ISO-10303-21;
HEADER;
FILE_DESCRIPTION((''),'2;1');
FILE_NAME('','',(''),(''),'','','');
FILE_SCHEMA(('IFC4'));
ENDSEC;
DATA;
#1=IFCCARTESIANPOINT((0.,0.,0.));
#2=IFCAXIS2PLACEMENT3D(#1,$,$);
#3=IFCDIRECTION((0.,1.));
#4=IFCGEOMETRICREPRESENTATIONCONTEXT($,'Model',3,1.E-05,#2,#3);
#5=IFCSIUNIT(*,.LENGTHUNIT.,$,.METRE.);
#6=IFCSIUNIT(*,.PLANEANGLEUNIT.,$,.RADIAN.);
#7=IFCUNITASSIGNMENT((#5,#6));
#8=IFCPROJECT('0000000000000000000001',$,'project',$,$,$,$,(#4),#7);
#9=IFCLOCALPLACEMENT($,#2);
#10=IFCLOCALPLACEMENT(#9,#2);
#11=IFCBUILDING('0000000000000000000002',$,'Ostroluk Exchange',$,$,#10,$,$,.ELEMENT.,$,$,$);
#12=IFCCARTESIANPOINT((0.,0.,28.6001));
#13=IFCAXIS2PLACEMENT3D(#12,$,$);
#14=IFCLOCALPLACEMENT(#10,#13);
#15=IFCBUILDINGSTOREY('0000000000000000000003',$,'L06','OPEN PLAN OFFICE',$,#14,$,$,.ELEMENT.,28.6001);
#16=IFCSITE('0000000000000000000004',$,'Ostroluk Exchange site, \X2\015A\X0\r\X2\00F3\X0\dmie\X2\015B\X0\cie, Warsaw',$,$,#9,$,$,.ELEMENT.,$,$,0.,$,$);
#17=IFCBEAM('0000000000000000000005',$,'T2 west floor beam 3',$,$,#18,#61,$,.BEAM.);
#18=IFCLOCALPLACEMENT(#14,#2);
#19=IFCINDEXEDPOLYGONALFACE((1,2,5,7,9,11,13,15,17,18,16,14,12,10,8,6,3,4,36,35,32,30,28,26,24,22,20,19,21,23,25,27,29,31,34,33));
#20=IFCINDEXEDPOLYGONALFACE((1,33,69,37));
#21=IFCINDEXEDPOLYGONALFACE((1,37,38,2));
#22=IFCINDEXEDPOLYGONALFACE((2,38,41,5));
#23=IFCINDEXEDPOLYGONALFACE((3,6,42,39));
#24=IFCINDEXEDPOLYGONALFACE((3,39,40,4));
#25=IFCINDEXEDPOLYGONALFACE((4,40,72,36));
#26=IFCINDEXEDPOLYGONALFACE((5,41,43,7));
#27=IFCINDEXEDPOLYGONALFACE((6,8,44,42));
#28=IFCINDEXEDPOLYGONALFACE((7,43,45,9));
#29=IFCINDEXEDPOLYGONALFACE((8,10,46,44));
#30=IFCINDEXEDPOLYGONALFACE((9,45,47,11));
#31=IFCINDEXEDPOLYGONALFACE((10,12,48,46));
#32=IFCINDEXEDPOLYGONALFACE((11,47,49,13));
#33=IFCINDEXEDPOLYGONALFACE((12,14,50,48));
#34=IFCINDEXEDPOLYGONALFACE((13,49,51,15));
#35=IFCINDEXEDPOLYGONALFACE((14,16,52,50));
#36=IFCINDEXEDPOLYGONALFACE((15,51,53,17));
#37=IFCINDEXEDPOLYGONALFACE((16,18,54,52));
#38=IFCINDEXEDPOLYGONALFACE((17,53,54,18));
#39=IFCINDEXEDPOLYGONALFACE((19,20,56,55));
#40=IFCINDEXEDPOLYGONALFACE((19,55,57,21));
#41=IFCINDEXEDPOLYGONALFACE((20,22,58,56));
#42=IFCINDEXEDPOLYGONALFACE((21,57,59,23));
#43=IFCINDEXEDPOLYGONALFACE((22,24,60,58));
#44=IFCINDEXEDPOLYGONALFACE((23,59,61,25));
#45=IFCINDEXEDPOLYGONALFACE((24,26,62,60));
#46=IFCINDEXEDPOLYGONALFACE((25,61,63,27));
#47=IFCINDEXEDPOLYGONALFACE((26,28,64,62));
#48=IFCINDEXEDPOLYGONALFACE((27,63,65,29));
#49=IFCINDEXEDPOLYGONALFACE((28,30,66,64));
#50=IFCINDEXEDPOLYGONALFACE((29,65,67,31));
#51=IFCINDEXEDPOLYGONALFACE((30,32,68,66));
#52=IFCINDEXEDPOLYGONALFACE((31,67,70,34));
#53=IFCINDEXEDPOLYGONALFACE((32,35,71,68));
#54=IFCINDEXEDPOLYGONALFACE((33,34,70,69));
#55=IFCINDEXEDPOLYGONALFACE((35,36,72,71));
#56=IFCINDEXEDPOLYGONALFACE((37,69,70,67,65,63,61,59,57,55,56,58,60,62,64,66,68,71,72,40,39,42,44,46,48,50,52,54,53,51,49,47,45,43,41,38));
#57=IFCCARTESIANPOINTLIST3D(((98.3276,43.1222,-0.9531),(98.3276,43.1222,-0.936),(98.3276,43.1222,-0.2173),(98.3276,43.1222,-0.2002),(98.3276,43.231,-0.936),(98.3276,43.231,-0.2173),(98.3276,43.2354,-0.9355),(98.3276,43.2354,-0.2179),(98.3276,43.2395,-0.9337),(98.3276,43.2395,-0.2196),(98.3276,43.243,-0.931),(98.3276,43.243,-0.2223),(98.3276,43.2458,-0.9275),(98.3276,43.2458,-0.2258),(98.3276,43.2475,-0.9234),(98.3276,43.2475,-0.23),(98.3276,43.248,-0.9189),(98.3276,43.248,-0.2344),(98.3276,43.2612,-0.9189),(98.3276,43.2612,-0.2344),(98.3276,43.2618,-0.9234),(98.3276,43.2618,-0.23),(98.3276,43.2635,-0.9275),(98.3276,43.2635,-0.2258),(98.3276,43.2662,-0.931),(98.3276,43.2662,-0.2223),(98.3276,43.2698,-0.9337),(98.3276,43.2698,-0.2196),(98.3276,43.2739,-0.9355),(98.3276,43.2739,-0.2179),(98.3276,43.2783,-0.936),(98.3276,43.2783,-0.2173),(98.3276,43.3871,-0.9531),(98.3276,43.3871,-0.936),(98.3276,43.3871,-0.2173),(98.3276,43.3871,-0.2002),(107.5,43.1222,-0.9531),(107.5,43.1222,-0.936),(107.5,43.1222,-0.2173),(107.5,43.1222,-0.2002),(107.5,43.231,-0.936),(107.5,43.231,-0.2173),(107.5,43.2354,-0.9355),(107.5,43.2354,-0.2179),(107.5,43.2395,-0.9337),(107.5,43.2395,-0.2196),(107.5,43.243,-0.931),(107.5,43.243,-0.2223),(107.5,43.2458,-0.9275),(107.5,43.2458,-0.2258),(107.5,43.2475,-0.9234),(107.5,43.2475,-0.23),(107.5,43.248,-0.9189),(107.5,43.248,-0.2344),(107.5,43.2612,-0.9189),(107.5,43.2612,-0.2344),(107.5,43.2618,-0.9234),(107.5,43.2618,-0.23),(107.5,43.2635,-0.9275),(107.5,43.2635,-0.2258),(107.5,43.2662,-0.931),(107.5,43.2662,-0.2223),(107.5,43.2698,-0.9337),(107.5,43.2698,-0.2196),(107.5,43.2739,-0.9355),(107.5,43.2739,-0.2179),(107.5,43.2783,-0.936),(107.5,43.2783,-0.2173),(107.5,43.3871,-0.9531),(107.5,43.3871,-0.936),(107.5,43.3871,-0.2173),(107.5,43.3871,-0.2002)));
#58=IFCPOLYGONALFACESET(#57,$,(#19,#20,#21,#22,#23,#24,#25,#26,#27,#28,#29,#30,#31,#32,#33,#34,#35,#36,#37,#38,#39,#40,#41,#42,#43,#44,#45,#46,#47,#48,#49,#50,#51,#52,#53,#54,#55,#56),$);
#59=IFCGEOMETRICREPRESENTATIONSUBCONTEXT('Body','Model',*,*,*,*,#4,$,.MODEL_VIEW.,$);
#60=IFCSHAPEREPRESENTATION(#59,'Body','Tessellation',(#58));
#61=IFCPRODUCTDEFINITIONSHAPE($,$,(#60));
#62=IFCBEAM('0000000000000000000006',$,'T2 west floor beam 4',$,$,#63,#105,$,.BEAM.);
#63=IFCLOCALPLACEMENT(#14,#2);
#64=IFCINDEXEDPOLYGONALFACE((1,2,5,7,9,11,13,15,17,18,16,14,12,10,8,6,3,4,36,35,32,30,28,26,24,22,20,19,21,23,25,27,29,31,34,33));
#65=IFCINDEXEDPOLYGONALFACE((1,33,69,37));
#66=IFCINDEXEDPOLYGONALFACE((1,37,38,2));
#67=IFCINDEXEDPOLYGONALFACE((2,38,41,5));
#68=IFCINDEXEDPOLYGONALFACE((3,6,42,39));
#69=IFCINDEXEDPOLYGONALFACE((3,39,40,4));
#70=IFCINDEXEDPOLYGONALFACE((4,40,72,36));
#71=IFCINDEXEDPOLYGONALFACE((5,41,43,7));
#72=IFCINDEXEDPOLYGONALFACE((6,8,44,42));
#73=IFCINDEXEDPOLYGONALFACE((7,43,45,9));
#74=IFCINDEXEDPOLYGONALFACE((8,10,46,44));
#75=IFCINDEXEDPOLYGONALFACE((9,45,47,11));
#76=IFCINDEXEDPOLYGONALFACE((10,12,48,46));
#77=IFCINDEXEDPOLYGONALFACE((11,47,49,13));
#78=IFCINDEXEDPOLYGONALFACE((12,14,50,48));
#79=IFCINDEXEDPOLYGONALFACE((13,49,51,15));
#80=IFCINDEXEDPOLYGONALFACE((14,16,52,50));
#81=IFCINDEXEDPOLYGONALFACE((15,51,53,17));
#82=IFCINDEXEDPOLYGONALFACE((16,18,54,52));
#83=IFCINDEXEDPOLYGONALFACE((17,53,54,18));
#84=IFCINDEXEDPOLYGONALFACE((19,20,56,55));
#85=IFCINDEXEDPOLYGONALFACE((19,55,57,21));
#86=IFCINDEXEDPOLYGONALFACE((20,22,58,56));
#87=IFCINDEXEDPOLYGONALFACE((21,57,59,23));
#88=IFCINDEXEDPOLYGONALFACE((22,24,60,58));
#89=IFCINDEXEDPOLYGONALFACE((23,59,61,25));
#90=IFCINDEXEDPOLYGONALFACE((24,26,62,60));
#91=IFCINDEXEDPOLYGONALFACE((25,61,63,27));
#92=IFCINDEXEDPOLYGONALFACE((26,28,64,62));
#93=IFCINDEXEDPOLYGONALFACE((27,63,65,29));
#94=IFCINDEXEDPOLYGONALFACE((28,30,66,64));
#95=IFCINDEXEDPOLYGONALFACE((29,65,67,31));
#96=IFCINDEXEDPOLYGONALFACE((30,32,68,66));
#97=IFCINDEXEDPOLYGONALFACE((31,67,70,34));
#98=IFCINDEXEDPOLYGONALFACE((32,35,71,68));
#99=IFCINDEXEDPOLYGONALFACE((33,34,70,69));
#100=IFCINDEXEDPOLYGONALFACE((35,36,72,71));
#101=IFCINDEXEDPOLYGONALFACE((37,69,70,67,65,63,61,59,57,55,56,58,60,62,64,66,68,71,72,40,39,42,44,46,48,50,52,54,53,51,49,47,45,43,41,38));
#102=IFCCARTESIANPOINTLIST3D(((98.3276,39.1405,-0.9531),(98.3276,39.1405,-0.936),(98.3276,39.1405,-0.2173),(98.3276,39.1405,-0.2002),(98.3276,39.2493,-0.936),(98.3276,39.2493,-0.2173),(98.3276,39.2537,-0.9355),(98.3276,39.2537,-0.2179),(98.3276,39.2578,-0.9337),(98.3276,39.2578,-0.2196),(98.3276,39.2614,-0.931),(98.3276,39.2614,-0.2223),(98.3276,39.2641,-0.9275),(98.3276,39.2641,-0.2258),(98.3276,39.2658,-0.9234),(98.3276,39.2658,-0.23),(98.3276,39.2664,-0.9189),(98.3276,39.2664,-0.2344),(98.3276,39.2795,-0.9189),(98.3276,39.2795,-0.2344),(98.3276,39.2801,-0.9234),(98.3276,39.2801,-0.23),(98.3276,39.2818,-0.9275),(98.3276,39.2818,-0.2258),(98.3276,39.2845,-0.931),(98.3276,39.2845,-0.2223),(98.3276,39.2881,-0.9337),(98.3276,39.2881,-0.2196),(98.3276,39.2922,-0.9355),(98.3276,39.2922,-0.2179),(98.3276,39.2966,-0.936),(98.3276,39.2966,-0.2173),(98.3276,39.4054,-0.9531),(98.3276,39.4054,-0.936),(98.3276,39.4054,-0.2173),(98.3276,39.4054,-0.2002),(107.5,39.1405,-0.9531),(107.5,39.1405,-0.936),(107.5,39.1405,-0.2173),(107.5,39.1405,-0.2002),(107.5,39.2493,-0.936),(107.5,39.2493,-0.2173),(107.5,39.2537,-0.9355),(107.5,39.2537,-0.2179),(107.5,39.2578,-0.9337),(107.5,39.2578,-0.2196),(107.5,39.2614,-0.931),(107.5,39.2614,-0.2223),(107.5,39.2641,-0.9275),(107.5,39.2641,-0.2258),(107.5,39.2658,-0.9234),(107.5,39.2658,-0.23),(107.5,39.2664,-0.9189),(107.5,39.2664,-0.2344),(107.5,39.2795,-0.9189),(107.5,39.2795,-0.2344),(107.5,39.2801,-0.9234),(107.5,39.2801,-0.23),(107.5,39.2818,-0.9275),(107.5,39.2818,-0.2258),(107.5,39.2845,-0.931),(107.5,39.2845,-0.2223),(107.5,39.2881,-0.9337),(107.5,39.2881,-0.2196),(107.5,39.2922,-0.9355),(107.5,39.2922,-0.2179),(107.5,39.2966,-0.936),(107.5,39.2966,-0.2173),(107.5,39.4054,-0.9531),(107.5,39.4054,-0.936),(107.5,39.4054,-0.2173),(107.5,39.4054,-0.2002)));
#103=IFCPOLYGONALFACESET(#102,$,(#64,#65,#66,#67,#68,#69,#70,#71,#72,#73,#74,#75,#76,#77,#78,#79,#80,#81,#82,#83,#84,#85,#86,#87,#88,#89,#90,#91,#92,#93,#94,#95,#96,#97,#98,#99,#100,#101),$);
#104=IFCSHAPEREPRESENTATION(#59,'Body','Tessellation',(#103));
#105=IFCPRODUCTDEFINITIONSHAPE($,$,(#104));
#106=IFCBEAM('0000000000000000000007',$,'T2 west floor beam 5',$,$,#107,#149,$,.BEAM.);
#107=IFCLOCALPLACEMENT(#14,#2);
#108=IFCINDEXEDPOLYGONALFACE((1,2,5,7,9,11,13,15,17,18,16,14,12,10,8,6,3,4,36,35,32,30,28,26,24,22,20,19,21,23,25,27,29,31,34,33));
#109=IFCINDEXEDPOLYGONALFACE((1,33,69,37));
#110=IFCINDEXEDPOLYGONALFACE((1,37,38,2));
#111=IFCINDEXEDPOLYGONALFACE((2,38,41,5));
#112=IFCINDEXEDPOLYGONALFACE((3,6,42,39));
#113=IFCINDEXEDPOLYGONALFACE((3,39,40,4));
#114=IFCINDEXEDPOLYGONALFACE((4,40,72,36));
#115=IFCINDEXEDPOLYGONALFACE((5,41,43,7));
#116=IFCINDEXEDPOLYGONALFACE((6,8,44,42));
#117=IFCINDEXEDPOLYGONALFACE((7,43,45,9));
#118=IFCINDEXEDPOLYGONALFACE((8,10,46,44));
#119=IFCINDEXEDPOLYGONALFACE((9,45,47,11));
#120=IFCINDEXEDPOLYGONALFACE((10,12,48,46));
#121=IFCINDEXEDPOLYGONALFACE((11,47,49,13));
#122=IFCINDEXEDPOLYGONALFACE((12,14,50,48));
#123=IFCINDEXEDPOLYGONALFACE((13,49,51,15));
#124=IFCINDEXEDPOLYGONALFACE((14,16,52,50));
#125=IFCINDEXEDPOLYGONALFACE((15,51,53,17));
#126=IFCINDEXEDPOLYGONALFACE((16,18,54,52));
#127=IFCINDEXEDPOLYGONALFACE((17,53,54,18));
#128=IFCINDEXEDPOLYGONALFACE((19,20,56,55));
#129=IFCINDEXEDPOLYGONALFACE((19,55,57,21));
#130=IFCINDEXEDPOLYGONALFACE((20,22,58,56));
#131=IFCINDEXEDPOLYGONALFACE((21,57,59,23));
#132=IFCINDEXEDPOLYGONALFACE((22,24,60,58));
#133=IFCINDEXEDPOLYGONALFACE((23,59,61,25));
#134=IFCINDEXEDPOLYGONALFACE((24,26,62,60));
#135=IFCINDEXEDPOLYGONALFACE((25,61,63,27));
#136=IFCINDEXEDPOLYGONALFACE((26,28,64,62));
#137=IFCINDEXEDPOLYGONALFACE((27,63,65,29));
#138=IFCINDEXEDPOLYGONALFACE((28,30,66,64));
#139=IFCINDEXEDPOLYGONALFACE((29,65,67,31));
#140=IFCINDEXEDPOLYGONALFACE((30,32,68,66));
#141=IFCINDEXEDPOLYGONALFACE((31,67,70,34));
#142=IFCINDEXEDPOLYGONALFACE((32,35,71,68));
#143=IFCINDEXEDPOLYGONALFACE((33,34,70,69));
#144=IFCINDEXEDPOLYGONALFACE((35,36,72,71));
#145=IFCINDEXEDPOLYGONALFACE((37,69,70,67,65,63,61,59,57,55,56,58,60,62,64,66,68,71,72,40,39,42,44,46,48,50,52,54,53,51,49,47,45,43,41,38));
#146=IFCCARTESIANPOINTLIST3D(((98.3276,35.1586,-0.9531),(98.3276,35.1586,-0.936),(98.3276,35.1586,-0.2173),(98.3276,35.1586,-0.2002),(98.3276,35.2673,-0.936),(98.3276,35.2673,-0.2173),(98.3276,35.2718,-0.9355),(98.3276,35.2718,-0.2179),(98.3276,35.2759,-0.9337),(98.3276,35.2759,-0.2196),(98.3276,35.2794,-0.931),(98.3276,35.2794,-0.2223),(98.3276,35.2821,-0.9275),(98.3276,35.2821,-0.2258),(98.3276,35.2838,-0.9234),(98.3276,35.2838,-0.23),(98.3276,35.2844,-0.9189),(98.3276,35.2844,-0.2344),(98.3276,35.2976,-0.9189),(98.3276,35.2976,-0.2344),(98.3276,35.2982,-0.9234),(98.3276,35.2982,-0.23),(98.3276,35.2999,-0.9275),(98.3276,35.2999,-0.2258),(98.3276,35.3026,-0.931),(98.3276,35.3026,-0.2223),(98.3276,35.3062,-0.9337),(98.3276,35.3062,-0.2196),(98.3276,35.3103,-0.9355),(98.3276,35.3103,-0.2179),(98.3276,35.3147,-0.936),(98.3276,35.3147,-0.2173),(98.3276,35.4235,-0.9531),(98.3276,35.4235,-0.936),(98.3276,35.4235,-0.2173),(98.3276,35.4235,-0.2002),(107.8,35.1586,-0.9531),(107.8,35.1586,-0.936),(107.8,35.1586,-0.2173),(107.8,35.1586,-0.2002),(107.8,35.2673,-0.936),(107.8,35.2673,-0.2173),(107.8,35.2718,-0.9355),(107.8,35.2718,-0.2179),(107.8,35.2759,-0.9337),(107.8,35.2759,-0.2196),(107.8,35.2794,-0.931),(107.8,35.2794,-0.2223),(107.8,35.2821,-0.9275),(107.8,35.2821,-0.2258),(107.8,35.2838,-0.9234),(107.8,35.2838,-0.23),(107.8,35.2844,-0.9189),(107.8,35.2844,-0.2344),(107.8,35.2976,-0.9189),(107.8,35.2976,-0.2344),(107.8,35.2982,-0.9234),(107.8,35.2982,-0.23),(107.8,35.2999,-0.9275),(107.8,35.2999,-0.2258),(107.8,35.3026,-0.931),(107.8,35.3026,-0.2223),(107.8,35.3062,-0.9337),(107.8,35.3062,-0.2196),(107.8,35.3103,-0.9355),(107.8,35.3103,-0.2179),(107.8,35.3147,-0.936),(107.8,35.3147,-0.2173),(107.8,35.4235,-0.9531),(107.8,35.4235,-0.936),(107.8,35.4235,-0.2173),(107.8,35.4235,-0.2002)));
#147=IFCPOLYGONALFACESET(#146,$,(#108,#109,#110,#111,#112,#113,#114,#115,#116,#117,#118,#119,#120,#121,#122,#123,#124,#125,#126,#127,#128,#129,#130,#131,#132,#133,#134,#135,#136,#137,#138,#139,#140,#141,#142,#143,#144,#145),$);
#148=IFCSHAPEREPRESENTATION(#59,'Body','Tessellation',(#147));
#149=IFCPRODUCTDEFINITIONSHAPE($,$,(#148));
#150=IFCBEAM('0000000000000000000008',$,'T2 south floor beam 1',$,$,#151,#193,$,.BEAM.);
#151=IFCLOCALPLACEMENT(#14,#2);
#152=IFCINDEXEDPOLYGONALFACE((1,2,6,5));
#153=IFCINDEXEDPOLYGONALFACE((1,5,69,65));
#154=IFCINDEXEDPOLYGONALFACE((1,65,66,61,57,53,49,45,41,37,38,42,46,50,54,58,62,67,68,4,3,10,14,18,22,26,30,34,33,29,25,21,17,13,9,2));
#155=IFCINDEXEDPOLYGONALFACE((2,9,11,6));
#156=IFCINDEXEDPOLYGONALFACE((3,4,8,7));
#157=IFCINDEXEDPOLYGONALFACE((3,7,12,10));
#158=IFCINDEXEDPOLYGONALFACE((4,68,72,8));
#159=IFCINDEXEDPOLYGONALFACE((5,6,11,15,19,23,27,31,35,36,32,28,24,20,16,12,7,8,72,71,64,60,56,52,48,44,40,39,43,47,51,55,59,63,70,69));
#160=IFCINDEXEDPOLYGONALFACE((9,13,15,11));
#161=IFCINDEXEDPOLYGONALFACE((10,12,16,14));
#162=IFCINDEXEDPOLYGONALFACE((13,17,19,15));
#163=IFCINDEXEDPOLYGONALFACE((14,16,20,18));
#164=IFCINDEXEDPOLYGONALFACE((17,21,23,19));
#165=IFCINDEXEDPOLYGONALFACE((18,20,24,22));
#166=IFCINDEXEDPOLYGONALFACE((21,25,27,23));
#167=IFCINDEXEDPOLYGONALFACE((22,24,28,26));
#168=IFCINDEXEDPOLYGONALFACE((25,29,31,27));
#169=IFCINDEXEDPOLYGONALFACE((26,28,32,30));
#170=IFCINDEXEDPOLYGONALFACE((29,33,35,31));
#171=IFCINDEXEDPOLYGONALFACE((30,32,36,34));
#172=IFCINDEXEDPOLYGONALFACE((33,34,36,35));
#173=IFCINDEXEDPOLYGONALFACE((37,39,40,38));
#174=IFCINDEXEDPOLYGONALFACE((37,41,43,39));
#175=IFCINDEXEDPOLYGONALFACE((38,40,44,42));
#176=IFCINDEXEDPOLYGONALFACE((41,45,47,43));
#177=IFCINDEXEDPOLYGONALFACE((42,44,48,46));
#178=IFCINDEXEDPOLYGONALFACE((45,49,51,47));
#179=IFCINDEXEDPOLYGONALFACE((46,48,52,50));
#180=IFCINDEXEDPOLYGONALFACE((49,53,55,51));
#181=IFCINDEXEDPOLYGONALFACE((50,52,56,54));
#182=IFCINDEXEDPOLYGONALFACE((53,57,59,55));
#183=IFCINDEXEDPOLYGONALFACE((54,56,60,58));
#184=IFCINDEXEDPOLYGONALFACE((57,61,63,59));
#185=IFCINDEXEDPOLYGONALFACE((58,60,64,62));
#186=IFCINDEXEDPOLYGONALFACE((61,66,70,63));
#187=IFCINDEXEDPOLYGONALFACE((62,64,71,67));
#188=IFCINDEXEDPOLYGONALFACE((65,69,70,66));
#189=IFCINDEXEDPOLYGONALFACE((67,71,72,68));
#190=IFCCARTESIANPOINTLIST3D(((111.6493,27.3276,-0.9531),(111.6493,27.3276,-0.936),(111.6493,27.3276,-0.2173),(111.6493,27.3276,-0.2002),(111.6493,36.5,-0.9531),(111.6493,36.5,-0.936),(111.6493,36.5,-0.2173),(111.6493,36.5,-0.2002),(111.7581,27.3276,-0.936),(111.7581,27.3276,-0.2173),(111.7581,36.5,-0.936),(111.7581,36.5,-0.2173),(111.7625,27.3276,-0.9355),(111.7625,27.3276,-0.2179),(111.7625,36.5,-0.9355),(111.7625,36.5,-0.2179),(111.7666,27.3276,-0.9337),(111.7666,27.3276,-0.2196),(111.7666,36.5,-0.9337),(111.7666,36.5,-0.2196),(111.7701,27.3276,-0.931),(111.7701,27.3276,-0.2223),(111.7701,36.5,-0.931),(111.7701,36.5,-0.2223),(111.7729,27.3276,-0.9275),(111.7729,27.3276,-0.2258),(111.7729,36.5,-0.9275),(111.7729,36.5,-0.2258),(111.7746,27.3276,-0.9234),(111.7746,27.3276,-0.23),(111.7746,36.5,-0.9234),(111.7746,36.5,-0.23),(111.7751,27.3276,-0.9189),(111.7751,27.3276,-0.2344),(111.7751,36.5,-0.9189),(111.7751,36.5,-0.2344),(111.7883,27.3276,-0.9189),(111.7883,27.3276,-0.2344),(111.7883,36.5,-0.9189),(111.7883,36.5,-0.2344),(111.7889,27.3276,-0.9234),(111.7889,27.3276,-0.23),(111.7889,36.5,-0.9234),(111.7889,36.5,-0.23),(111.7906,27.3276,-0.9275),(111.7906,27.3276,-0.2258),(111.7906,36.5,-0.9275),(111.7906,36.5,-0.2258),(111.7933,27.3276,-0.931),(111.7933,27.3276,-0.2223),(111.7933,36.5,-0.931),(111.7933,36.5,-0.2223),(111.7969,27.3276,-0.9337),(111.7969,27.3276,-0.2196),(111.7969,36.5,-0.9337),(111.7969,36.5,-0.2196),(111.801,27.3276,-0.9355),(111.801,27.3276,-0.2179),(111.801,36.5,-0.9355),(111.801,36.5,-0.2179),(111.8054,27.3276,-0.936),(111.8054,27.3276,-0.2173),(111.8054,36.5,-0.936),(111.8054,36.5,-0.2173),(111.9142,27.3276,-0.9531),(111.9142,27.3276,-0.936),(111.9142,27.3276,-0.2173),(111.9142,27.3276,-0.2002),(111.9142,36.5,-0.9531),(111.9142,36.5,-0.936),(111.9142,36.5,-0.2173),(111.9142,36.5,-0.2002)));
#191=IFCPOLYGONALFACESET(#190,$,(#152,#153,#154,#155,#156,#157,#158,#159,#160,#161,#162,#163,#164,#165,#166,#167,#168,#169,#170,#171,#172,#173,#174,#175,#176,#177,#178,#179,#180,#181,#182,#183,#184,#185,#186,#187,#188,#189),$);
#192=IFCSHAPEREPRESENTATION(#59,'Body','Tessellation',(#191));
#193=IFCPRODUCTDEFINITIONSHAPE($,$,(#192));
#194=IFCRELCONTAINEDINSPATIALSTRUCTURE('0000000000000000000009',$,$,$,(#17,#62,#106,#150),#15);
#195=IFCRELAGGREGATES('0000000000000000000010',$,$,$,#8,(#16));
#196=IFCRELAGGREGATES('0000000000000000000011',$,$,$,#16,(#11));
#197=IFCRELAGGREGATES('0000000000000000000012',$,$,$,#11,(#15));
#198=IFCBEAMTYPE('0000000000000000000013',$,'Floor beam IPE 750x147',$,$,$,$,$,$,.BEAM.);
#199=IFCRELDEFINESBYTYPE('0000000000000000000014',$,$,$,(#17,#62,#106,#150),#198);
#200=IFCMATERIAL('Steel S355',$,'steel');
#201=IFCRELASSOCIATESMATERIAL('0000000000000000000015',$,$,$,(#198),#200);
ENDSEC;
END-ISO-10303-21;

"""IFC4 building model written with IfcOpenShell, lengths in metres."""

from ifc_helpers import new_model, si_unit, direction, frame, origin, origin_2d, place, context, subcontext, project, spatial, i_section, extrude, material, material_profile, profile_set, type_object, element, save


model = new_model("IFC4")

# Units and contexts
model_context = context("Model", 3, precision=1e-05, world=origin(), true_north=direction((0.0, 1.0)))
body_context = subcontext(model_context, "Body", "Model", "MODEL_VIEW")
ifc_project = project(units=[si_unit("LENGTHUNIT", "METRE"), si_unit("PLANEANGLEUNIT", "RADIAN")], contexts=[model_context])

# Site, building, storey
site_placement = place(None, origin())
site = spatial("IfcSite", under=ifc_project, at=site_placement, Name="Ostroluk Exchange site, Śródmieście, Warsaw", CompositionType="ELEMENT", RefElevation=0.0)
building_placement = place(site_placement, origin())
building = spatial("IfcBuilding", under=site, at=building_placement, Name="Ostroluk Exchange", CompositionType="ELEMENT")
storey_placement = place(building_placement, frame((0.0, 0.0, 28.6001)))
storey = spatial("IfcBuildingStorey", under=building, at=storey_placement, Name="L06", Description="OPEN PLAN OFFICE", CompositionType="ELEMENT", Elevation=28.6001)

# Beams
ifc_material_1 = material(Name="Steel S355", Category="steel")
ifc_material_profile_1 = material_profile(ifc_material_1, i_section(OverallWidth=0.2649, OverallDepth=0.7529, WebThickness=0.0132, FlangeThickness=0.0171, FilletRadius=0.0171, at=origin_2d()), Name="IPE 750x147")
ifc_profile_set_1 = profile_set([ifc_material_profile_1], Name="Steel S355")
beam_type_1 = type_object("IfcBeamType", Name="Floor beam IPE 750x147", PredefinedType="BEAM", material=ifc_profile_set_1)
for number, where, z_axis, x_axis, name in (
    (1, (107.5, 43.2546, -0.5767), (-1.0, 0.0, 0.0), (0.0, -1.0, 0.0), "T2 west floor beam 3"),
    (2, (107.5, 39.2729, -0.5767), (-1.0, 0.0, 0.0), (0.0, -1.0, 0.0), "T2 west floor beam 4"),
):
    element("IfcBeam", number, at=place(storey_placement, frame(where, z_axis=z_axis, x_axis=x_axis)), inside=storey, type_object=beam_type_1, Name=name, PredefinedType="BEAM", context=body_context, shape_type="SweptSolid", body=[
        extrude(i_section(OverallWidth=0.2649, OverallDepth=0.7529, WebThickness=0.0132, FlangeThickness=0.0171, FilletRadius=0.0171, at=origin_2d()), origin(), (0.0, 0.0, 1.0), 9.1724),
    ])
beam_1_placement = place(storey_placement, frame((107.8, 35.291, -0.5767), z_axis=(-1.0, 0.0, 0.0), x_axis=(0.0, -1.0, 0.0)))
element("IfcBeam", 3, at=beam_1_placement, inside=storey, type_object=beam_type_1, Name="T2 west floor beam 5", PredefinedType="BEAM", context=body_context, shape_type="SweptSolid", body=[
    extrude(i_section(OverallWidth=0.2649, OverallDepth=0.7529, WebThickness=0.0132, FlangeThickness=0.0171, FilletRadius=0.0171, at=origin_2d()), origin(), (0.0, 0.0, 1.0), 9.4724),
])
for number, where, z_axis, x_axis, name in (
    (4, (111.7817, 36.5, -0.5767), (0.0, -1.0, 0.0), (1.0, 0.0, 0.0), "T2 south floor beam 1"),
):
    element("IfcBeam", number, at=place(storey_placement, frame(where, z_axis=z_axis, x_axis=x_axis)), inside=storey, type_object=beam_type_1, Name=name, PredefinedType="BEAM", context=body_context, shape_type="SweptSolid", body=[
        extrude(i_section(OverallWidth=0.2649, OverallDepth=0.7529, WebThickness=0.0132, FlangeThickness=0.0171, FilletRadius=0.0171, at=origin_2d()), origin(), (0.0, 0.0, 1.0), 9.1724),
    ])

save(model, "model.ifc")
